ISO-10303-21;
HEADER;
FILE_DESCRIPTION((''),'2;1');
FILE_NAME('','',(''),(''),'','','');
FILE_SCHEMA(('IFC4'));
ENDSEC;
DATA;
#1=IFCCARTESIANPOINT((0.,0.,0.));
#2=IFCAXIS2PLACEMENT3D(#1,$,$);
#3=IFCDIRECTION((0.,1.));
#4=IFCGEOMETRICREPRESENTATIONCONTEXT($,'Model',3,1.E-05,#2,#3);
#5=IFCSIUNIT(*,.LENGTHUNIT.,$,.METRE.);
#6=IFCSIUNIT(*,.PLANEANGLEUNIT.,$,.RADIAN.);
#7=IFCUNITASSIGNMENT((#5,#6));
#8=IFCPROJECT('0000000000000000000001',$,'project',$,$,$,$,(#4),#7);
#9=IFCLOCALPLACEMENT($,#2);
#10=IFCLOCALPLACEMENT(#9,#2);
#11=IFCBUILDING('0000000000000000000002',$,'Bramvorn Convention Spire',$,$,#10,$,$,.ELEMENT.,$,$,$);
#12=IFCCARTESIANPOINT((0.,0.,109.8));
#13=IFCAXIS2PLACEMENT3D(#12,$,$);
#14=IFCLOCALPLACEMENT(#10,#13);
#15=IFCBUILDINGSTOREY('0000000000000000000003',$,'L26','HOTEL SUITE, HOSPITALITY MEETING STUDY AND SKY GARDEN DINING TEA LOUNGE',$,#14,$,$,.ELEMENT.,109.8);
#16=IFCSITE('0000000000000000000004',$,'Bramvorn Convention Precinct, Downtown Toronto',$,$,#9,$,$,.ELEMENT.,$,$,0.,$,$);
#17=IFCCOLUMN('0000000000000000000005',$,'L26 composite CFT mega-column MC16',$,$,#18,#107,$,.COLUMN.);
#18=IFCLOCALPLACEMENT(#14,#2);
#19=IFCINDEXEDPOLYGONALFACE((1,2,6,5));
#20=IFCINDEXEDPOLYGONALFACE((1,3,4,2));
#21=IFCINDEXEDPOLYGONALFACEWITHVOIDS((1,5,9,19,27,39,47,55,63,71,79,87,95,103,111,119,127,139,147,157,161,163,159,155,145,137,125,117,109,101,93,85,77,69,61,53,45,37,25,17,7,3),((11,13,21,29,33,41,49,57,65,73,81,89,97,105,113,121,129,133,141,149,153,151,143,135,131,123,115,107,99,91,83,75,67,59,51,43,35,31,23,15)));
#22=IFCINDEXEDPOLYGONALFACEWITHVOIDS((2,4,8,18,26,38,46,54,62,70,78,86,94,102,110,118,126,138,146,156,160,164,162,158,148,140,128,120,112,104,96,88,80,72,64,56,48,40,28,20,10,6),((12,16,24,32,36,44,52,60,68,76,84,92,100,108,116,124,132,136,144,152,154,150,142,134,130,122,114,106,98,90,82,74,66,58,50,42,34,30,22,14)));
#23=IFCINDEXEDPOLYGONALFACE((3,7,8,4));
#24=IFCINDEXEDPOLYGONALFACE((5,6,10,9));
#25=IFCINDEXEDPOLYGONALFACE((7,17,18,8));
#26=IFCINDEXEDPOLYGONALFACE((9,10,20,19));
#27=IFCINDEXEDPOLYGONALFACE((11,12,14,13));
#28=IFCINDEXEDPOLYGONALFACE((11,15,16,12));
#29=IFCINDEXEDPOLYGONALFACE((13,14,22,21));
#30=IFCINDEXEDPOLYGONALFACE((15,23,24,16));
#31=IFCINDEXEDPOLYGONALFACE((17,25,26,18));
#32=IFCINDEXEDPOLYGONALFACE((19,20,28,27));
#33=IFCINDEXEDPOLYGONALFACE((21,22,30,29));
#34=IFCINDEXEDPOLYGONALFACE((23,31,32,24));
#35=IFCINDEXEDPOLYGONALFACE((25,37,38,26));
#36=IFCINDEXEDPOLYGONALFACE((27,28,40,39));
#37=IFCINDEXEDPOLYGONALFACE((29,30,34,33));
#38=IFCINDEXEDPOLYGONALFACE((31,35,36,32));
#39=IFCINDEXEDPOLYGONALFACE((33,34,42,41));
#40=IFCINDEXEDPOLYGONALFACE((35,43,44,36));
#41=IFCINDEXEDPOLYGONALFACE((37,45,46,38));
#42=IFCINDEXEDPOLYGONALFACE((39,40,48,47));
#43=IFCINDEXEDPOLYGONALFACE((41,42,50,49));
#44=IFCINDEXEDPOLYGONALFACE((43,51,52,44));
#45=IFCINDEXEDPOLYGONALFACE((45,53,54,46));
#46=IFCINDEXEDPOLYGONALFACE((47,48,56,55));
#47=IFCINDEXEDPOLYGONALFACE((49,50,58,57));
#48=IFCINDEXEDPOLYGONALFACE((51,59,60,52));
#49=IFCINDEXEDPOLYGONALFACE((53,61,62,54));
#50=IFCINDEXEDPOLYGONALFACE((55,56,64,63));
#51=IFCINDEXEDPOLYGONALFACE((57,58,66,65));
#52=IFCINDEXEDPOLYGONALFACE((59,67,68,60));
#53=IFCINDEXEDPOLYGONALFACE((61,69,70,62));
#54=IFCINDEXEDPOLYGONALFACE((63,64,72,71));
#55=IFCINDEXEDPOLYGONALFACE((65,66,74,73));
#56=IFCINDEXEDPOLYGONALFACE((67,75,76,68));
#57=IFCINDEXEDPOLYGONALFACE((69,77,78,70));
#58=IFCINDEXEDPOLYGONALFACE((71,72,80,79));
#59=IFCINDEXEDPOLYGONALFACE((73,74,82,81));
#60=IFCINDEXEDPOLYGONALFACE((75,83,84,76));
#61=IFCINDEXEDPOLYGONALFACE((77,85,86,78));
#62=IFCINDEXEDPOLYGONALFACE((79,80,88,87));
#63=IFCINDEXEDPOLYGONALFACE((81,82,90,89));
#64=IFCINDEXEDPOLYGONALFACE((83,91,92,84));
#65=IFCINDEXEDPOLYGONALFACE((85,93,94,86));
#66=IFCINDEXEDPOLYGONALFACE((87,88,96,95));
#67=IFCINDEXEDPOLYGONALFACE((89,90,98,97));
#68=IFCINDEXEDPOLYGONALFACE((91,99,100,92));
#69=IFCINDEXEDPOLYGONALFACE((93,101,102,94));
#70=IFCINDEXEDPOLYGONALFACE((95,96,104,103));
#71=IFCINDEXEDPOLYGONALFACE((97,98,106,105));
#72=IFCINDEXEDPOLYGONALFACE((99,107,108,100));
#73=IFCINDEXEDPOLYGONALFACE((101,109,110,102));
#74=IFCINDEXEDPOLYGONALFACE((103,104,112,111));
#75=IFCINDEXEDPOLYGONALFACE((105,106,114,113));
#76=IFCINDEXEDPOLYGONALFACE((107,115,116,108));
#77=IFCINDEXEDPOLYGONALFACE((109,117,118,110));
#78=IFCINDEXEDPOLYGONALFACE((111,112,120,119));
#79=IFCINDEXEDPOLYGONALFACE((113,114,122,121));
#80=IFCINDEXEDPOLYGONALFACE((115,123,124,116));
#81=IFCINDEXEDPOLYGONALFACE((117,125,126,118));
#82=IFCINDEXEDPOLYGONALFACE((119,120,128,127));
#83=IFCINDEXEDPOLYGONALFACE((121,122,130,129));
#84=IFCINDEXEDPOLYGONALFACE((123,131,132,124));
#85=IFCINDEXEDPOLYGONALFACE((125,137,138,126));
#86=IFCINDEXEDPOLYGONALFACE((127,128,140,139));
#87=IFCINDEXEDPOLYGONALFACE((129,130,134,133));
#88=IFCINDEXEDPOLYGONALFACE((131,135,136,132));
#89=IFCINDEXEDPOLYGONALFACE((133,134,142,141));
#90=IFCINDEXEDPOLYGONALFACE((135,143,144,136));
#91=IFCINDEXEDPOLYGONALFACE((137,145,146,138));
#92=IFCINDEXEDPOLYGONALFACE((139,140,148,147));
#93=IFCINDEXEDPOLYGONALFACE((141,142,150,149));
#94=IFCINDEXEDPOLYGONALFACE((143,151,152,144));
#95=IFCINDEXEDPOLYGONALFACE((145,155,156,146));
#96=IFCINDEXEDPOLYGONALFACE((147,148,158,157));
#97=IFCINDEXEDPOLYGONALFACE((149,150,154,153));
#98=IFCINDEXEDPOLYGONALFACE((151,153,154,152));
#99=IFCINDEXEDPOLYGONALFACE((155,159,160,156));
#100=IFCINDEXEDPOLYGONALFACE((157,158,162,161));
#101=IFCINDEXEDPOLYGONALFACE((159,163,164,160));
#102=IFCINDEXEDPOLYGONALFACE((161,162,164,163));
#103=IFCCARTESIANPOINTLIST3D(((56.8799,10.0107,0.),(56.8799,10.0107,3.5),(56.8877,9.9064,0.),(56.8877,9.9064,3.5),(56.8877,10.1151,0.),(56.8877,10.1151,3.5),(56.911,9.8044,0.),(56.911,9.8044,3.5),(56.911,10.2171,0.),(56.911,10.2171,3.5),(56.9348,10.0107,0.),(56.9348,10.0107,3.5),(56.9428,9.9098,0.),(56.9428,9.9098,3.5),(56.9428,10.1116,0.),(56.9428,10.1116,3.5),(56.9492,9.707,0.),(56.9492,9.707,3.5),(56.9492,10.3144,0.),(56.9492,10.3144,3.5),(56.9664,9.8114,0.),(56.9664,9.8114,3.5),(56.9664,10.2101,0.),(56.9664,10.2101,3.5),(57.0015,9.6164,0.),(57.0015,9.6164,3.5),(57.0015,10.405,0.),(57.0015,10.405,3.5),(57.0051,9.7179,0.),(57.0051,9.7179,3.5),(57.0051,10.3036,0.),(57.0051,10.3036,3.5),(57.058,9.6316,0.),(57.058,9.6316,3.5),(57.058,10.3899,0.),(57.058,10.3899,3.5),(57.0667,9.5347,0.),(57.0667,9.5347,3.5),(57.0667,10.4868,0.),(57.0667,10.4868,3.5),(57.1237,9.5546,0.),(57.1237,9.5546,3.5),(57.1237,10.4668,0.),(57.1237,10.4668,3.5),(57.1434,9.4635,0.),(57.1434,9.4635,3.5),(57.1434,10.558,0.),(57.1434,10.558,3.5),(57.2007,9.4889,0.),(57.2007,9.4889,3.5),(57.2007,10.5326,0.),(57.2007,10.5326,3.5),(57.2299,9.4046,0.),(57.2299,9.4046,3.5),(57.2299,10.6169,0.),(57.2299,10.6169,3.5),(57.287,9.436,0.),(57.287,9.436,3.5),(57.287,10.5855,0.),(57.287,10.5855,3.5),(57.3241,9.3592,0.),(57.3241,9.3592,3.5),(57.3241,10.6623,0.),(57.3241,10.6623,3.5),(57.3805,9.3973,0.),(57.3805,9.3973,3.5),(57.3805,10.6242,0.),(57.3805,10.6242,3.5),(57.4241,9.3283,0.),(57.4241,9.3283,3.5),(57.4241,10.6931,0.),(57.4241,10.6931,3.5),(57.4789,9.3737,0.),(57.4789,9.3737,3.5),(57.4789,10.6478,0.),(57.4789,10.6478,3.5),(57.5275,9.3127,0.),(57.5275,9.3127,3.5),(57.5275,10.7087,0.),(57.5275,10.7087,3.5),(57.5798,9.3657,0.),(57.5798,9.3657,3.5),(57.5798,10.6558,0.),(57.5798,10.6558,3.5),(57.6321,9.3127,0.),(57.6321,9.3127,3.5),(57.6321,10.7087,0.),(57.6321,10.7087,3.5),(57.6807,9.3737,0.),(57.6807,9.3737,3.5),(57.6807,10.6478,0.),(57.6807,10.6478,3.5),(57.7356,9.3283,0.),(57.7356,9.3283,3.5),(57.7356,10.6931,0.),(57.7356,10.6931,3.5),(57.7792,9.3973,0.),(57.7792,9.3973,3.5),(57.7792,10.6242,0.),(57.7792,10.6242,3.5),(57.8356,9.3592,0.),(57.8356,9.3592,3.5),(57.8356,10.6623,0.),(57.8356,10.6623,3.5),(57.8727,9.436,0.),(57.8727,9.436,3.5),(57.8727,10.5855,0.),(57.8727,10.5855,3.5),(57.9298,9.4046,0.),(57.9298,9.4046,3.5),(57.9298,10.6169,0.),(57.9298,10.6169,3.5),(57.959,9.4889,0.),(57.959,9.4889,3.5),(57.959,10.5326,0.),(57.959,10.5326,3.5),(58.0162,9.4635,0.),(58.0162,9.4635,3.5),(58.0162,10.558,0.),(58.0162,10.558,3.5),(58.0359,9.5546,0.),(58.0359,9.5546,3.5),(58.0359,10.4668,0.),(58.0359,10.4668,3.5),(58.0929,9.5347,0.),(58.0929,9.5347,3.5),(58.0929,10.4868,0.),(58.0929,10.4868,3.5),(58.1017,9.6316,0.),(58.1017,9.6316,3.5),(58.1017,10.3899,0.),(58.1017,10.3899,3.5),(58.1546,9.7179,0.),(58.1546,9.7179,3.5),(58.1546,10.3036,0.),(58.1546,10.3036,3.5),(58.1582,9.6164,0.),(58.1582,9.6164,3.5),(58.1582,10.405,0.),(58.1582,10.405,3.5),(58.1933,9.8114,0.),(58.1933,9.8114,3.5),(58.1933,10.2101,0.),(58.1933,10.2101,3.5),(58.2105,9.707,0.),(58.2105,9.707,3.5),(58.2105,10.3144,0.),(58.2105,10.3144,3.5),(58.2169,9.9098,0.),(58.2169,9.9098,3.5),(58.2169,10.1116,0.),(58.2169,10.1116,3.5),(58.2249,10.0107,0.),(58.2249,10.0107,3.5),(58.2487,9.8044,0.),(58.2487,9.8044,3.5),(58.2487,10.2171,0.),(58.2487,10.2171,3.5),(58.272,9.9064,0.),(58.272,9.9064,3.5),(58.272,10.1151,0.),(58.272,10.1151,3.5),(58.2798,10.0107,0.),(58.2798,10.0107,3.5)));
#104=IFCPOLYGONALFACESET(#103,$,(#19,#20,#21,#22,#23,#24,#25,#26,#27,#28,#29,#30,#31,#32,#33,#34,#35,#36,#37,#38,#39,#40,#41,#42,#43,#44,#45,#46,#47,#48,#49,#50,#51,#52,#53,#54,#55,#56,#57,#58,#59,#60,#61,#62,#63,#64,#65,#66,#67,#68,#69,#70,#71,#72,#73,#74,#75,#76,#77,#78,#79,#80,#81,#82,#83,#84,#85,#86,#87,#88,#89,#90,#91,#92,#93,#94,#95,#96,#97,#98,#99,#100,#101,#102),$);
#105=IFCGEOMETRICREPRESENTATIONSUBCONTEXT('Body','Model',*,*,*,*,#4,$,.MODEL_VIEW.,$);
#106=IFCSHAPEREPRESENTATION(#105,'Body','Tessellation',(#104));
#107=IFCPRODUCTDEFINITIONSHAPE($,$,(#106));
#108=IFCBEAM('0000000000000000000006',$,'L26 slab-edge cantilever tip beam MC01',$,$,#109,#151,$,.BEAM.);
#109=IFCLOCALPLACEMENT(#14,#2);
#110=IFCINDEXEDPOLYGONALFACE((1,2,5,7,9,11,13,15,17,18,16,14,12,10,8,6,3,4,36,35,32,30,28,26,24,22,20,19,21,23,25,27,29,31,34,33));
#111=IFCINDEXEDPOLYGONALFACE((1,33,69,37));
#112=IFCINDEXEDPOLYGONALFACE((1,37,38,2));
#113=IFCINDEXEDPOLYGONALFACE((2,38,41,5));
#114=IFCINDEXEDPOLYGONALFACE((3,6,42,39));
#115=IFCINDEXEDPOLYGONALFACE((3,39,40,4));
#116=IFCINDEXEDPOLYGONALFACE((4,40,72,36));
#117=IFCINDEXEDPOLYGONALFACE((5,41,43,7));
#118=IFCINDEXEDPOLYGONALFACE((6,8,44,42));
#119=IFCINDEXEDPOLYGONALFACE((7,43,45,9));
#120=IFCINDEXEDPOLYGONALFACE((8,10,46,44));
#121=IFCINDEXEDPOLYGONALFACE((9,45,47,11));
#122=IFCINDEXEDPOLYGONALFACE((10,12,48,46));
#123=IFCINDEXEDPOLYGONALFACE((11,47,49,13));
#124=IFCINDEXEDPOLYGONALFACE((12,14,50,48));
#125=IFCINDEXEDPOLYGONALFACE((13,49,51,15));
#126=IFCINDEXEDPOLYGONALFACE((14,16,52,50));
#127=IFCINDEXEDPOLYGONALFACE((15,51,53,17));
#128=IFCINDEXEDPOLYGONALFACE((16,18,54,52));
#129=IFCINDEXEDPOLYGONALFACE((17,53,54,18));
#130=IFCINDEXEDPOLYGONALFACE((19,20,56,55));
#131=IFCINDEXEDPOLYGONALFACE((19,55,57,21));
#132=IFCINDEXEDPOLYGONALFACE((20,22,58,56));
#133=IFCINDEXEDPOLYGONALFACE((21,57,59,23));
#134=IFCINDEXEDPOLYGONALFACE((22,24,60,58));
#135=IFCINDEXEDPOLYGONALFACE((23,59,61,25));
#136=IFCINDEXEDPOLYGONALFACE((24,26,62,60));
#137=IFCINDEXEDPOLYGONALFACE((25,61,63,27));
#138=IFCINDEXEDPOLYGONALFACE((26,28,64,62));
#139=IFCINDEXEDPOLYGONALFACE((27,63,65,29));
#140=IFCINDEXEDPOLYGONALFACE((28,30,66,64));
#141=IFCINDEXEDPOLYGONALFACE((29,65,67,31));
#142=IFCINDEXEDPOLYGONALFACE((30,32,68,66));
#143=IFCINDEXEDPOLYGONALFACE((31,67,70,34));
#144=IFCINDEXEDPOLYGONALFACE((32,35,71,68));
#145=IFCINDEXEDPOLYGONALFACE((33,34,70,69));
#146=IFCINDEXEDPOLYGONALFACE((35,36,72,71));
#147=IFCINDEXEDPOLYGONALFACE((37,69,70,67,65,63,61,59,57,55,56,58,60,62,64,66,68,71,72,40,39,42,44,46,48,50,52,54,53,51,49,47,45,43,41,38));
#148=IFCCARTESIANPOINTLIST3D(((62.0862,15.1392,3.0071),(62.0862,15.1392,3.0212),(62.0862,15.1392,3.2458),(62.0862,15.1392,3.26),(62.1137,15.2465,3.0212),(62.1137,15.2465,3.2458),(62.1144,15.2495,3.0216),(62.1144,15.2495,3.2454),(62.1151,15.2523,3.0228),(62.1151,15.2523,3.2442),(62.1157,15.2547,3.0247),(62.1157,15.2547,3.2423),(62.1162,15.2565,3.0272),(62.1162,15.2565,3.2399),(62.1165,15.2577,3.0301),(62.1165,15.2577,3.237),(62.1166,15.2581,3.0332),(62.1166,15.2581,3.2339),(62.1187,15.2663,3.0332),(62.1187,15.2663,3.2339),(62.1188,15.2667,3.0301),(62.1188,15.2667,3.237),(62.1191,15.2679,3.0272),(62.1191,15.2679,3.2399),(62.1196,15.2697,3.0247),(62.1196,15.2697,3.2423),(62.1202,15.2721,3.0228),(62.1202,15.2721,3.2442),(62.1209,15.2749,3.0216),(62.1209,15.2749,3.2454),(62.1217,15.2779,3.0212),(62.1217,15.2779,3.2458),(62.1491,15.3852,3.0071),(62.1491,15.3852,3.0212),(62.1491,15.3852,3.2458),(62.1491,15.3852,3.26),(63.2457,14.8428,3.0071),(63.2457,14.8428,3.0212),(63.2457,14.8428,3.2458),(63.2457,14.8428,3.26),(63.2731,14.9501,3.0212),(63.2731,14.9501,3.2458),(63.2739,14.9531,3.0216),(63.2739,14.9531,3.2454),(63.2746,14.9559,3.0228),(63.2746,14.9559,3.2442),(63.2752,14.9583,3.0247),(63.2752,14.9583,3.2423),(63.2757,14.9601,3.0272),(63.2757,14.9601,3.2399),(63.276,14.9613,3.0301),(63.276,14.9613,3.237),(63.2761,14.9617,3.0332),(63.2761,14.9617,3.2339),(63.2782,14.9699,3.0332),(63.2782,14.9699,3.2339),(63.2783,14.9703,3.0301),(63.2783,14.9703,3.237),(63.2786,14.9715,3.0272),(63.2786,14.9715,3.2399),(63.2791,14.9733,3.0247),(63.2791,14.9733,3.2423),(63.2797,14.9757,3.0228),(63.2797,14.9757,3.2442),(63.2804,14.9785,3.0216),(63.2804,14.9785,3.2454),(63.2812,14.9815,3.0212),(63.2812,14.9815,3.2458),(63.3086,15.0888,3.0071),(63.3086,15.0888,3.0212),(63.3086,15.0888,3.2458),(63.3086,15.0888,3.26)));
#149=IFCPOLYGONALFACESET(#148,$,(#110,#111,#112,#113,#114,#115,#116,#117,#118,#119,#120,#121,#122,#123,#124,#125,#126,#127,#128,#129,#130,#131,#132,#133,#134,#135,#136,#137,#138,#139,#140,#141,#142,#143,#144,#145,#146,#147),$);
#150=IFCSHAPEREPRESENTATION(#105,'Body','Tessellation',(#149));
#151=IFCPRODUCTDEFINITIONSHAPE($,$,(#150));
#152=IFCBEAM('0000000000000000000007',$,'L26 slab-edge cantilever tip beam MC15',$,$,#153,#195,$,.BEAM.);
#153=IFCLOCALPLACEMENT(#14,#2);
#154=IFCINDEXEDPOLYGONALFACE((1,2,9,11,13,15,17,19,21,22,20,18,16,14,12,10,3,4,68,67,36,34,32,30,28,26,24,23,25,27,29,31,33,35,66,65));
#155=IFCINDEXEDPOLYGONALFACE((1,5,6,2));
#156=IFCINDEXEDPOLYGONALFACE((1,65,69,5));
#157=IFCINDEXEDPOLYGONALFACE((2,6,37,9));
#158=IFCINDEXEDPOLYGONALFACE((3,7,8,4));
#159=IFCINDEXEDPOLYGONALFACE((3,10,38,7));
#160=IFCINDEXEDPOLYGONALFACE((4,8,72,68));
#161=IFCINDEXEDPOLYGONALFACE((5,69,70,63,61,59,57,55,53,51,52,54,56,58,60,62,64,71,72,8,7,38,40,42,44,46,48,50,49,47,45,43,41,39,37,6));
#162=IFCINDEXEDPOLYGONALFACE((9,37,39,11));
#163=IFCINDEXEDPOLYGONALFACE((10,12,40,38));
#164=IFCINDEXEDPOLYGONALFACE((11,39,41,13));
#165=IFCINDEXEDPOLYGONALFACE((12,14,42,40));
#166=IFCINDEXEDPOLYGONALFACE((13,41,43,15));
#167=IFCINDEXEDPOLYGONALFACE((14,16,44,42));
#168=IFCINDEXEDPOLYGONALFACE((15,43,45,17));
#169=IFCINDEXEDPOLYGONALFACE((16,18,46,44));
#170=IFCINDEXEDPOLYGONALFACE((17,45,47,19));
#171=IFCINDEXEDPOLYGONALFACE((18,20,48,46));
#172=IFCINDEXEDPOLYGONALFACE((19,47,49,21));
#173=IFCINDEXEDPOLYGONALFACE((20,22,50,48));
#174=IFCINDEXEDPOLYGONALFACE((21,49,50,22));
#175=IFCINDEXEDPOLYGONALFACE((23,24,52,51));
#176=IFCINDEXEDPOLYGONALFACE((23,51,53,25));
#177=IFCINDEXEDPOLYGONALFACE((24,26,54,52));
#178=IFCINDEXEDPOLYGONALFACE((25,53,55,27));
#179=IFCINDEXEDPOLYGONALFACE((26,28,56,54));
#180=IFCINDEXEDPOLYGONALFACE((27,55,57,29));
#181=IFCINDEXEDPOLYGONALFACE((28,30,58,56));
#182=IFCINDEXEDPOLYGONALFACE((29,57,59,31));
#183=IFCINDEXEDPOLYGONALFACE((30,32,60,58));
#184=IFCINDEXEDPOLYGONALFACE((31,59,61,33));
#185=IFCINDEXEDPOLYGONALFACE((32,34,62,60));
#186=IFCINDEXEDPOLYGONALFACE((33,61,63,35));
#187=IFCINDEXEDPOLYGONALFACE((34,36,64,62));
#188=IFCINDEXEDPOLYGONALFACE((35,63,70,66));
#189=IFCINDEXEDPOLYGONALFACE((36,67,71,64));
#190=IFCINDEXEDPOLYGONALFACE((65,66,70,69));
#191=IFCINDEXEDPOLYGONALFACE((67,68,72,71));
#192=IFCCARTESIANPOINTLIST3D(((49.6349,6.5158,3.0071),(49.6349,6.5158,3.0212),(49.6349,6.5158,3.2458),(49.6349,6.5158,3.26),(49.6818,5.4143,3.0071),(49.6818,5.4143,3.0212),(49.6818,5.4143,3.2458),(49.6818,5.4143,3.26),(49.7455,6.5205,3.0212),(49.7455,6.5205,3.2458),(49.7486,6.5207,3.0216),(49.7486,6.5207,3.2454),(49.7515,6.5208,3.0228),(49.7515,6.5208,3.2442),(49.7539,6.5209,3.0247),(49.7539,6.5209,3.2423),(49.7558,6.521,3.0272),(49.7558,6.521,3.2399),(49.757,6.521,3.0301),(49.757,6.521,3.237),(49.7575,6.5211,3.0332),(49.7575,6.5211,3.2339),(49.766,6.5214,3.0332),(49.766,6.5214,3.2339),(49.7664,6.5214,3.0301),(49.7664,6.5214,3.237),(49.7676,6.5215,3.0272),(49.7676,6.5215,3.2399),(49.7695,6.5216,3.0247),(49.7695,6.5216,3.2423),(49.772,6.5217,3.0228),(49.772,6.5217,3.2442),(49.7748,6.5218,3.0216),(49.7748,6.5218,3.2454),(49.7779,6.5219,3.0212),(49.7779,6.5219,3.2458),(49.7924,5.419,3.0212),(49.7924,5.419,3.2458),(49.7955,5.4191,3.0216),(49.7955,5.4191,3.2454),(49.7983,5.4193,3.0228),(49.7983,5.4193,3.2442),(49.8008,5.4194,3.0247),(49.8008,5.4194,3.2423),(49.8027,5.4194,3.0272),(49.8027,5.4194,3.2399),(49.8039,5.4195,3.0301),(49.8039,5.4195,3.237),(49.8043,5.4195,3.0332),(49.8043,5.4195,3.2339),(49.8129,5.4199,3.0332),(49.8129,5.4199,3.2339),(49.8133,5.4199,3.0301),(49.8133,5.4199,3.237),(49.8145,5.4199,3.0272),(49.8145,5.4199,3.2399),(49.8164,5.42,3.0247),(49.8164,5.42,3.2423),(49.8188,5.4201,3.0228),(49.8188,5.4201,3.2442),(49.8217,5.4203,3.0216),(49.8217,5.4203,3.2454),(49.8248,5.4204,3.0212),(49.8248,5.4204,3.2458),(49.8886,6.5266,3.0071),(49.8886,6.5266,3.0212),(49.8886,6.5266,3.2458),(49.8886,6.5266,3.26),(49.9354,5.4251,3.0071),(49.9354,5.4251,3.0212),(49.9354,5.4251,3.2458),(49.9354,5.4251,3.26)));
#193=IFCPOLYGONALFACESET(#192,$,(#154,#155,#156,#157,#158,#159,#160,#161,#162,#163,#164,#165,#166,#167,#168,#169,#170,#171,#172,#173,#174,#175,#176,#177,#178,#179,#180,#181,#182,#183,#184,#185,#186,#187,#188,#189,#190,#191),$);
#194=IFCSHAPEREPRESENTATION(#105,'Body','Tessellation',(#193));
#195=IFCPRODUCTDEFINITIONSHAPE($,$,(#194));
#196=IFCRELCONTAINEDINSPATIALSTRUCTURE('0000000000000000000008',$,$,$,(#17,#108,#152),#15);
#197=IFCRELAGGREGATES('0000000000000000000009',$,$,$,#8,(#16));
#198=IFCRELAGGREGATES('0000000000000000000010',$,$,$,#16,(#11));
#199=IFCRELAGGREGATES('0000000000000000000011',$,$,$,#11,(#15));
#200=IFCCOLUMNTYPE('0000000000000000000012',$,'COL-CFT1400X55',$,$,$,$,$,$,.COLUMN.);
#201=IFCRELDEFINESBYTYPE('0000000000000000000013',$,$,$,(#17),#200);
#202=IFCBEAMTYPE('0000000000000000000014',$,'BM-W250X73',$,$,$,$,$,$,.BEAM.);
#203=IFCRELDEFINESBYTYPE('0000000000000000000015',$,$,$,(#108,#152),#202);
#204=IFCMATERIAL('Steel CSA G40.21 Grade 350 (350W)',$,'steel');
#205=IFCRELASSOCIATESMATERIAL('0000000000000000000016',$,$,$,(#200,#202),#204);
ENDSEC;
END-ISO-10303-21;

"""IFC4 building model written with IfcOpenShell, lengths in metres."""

from ifc_helpers import new_model, si_unit, direction, frame, origin, origin_2d, place, context, subcontext, project, spatial, hollow_circle, i_section, extrude, material, material_profile, profile_set, type_object, element, save


model = new_model("IFC4")

# Units and contexts
model_context = context("Model", 3, precision=1e-05, world=origin(), true_north=direction((0.0, 1.0)))
body_context = subcontext(model_context, "Body", "Model", "MODEL_VIEW")
ifc_project = project(units=[si_unit("LENGTHUNIT", "METRE"), si_unit("PLANEANGLEUNIT", "RADIAN")], contexts=[model_context])

# Site, building, storey
site_placement = place(None, origin())
site = spatial("IfcSite", under=ifc_project, at=site_placement, Name="Bramvorn Convention Precinct, Downtown Toronto", CompositionType="ELEMENT", RefElevation=0.0)
building_placement = place(site_placement, origin())
building = spatial("IfcBuilding", under=site, at=building_placement, Name="Bramvorn Convention Spire", CompositionType="ELEMENT")
storey_placement = place(building_placement, frame((0.0, 0.0, 109.8)))
storey = spatial("IfcBuildingStorey", under=building, at=storey_placement, Name="L26", Description="HOTEL SUITE, HOSPITALITY MEETING STUDY AND SKY GARDEN DINING TEA LOUNGE", CompositionType="ELEMENT", Elevation=109.8)

# Column
ifc_material_1 = material(Name="Steel CSA G40.21 Grade 350 (350W)", Category="steel")
ifc_material_profile_1 = material_profile(ifc_material_1, hollow_circle(Radius=0.7, WallThickness=0.0549, at=origin_2d()))
ifc_profile_set_1 = profile_set([ifc_material_profile_1], Name="Steel CSA G40.21 Grade 350 (350W) - CFT1400X55")
column_type = type_object("IfcColumnType", Name="COL-CFT1400X55", PredefinedType="COLUMN", material=ifc_profile_set_1)
for number, where, z_axis, x_axis, name in (
    (1, (57.5798, 10.0107, 0.0), (0.0, 0.0, 1.0), (1.0, 0.0, 0.0), "L26 composite CFT mega-column MC16"),
):
    element("IfcColumn", number, at=place(storey_placement, frame(where, z_axis=z_axis, x_axis=x_axis)), inside=storey, type_object=column_type, Name=name, PredefinedType="COLUMN", context=body_context, shape_type="SweptSolid", body=[
        extrude(hollow_circle(Radius=0.7, WallThickness=0.0549, at=origin_2d()), origin(), (0.0, 0.0, 1.0), 3.5),
    ])

# Beams
ifc_material_profile_2 = material_profile(ifc_material_1, i_section(OverallWidth=0.2539, OverallDepth=0.2529, WebThickness=0.0085, FlangeThickness=0.0142, FilletRadius=0.012, at=origin_2d()))
ifc_profile_set_2 = profile_set([ifc_material_profile_2], Name="Steel CSA G40.21 Grade 350 (350W) - W250X73")
beam_type_1 = type_object("IfcBeamType", Name="BM-W250X73", PredefinedType="BEAM", material=ifc_profile_set_2)
beam_1_placement = place(storey_placement, frame((62.1177, 15.2622, 3.1335), z_axis=(0.968845, -0.247668, 0.0), x_axis=(0.247668, 0.968845, 0.0)))
element("IfcBeam", 2, at=beam_1_placement, inside=storey, type_object=beam_type_1, Name="L26 slab-edge cantilever tip beam MC01", PredefinedType="BEAM", context=body_context, shape_type="SweptSolid", body=[
    extrude(i_section(OverallWidth=0.2539, OverallDepth=0.2529, WebThickness=0.0085, FlangeThickness=0.0142, FilletRadius=0.012, at=origin_2d()), origin(), (0.0, 0.0, 1.0), 1.1968),
])
beam_2_placement = place(storey_placement, frame((49.7617, 6.5212, 3.1335), z_axis=(0.042515, -0.999096, 0.0), x_axis=(0.999096, 0.042515, 0.0)))
element("IfcBeam", 3, at=beam_2_placement, inside=storey, type_object=beam_type_1, Name="L26 slab-edge cantilever tip beam MC15", PredefinedType="BEAM", context=body_context, shape_type="SweptSolid", body=[
    extrude(i_section(OverallWidth=0.2539, OverallDepth=0.2529, WebThickness=0.0085, FlangeThickness=0.0142, FilletRadius=0.012, at=origin_2d()), origin(), (0.0, 0.0, 1.0), 1.1025),
])

save(model, "model.ifc")
